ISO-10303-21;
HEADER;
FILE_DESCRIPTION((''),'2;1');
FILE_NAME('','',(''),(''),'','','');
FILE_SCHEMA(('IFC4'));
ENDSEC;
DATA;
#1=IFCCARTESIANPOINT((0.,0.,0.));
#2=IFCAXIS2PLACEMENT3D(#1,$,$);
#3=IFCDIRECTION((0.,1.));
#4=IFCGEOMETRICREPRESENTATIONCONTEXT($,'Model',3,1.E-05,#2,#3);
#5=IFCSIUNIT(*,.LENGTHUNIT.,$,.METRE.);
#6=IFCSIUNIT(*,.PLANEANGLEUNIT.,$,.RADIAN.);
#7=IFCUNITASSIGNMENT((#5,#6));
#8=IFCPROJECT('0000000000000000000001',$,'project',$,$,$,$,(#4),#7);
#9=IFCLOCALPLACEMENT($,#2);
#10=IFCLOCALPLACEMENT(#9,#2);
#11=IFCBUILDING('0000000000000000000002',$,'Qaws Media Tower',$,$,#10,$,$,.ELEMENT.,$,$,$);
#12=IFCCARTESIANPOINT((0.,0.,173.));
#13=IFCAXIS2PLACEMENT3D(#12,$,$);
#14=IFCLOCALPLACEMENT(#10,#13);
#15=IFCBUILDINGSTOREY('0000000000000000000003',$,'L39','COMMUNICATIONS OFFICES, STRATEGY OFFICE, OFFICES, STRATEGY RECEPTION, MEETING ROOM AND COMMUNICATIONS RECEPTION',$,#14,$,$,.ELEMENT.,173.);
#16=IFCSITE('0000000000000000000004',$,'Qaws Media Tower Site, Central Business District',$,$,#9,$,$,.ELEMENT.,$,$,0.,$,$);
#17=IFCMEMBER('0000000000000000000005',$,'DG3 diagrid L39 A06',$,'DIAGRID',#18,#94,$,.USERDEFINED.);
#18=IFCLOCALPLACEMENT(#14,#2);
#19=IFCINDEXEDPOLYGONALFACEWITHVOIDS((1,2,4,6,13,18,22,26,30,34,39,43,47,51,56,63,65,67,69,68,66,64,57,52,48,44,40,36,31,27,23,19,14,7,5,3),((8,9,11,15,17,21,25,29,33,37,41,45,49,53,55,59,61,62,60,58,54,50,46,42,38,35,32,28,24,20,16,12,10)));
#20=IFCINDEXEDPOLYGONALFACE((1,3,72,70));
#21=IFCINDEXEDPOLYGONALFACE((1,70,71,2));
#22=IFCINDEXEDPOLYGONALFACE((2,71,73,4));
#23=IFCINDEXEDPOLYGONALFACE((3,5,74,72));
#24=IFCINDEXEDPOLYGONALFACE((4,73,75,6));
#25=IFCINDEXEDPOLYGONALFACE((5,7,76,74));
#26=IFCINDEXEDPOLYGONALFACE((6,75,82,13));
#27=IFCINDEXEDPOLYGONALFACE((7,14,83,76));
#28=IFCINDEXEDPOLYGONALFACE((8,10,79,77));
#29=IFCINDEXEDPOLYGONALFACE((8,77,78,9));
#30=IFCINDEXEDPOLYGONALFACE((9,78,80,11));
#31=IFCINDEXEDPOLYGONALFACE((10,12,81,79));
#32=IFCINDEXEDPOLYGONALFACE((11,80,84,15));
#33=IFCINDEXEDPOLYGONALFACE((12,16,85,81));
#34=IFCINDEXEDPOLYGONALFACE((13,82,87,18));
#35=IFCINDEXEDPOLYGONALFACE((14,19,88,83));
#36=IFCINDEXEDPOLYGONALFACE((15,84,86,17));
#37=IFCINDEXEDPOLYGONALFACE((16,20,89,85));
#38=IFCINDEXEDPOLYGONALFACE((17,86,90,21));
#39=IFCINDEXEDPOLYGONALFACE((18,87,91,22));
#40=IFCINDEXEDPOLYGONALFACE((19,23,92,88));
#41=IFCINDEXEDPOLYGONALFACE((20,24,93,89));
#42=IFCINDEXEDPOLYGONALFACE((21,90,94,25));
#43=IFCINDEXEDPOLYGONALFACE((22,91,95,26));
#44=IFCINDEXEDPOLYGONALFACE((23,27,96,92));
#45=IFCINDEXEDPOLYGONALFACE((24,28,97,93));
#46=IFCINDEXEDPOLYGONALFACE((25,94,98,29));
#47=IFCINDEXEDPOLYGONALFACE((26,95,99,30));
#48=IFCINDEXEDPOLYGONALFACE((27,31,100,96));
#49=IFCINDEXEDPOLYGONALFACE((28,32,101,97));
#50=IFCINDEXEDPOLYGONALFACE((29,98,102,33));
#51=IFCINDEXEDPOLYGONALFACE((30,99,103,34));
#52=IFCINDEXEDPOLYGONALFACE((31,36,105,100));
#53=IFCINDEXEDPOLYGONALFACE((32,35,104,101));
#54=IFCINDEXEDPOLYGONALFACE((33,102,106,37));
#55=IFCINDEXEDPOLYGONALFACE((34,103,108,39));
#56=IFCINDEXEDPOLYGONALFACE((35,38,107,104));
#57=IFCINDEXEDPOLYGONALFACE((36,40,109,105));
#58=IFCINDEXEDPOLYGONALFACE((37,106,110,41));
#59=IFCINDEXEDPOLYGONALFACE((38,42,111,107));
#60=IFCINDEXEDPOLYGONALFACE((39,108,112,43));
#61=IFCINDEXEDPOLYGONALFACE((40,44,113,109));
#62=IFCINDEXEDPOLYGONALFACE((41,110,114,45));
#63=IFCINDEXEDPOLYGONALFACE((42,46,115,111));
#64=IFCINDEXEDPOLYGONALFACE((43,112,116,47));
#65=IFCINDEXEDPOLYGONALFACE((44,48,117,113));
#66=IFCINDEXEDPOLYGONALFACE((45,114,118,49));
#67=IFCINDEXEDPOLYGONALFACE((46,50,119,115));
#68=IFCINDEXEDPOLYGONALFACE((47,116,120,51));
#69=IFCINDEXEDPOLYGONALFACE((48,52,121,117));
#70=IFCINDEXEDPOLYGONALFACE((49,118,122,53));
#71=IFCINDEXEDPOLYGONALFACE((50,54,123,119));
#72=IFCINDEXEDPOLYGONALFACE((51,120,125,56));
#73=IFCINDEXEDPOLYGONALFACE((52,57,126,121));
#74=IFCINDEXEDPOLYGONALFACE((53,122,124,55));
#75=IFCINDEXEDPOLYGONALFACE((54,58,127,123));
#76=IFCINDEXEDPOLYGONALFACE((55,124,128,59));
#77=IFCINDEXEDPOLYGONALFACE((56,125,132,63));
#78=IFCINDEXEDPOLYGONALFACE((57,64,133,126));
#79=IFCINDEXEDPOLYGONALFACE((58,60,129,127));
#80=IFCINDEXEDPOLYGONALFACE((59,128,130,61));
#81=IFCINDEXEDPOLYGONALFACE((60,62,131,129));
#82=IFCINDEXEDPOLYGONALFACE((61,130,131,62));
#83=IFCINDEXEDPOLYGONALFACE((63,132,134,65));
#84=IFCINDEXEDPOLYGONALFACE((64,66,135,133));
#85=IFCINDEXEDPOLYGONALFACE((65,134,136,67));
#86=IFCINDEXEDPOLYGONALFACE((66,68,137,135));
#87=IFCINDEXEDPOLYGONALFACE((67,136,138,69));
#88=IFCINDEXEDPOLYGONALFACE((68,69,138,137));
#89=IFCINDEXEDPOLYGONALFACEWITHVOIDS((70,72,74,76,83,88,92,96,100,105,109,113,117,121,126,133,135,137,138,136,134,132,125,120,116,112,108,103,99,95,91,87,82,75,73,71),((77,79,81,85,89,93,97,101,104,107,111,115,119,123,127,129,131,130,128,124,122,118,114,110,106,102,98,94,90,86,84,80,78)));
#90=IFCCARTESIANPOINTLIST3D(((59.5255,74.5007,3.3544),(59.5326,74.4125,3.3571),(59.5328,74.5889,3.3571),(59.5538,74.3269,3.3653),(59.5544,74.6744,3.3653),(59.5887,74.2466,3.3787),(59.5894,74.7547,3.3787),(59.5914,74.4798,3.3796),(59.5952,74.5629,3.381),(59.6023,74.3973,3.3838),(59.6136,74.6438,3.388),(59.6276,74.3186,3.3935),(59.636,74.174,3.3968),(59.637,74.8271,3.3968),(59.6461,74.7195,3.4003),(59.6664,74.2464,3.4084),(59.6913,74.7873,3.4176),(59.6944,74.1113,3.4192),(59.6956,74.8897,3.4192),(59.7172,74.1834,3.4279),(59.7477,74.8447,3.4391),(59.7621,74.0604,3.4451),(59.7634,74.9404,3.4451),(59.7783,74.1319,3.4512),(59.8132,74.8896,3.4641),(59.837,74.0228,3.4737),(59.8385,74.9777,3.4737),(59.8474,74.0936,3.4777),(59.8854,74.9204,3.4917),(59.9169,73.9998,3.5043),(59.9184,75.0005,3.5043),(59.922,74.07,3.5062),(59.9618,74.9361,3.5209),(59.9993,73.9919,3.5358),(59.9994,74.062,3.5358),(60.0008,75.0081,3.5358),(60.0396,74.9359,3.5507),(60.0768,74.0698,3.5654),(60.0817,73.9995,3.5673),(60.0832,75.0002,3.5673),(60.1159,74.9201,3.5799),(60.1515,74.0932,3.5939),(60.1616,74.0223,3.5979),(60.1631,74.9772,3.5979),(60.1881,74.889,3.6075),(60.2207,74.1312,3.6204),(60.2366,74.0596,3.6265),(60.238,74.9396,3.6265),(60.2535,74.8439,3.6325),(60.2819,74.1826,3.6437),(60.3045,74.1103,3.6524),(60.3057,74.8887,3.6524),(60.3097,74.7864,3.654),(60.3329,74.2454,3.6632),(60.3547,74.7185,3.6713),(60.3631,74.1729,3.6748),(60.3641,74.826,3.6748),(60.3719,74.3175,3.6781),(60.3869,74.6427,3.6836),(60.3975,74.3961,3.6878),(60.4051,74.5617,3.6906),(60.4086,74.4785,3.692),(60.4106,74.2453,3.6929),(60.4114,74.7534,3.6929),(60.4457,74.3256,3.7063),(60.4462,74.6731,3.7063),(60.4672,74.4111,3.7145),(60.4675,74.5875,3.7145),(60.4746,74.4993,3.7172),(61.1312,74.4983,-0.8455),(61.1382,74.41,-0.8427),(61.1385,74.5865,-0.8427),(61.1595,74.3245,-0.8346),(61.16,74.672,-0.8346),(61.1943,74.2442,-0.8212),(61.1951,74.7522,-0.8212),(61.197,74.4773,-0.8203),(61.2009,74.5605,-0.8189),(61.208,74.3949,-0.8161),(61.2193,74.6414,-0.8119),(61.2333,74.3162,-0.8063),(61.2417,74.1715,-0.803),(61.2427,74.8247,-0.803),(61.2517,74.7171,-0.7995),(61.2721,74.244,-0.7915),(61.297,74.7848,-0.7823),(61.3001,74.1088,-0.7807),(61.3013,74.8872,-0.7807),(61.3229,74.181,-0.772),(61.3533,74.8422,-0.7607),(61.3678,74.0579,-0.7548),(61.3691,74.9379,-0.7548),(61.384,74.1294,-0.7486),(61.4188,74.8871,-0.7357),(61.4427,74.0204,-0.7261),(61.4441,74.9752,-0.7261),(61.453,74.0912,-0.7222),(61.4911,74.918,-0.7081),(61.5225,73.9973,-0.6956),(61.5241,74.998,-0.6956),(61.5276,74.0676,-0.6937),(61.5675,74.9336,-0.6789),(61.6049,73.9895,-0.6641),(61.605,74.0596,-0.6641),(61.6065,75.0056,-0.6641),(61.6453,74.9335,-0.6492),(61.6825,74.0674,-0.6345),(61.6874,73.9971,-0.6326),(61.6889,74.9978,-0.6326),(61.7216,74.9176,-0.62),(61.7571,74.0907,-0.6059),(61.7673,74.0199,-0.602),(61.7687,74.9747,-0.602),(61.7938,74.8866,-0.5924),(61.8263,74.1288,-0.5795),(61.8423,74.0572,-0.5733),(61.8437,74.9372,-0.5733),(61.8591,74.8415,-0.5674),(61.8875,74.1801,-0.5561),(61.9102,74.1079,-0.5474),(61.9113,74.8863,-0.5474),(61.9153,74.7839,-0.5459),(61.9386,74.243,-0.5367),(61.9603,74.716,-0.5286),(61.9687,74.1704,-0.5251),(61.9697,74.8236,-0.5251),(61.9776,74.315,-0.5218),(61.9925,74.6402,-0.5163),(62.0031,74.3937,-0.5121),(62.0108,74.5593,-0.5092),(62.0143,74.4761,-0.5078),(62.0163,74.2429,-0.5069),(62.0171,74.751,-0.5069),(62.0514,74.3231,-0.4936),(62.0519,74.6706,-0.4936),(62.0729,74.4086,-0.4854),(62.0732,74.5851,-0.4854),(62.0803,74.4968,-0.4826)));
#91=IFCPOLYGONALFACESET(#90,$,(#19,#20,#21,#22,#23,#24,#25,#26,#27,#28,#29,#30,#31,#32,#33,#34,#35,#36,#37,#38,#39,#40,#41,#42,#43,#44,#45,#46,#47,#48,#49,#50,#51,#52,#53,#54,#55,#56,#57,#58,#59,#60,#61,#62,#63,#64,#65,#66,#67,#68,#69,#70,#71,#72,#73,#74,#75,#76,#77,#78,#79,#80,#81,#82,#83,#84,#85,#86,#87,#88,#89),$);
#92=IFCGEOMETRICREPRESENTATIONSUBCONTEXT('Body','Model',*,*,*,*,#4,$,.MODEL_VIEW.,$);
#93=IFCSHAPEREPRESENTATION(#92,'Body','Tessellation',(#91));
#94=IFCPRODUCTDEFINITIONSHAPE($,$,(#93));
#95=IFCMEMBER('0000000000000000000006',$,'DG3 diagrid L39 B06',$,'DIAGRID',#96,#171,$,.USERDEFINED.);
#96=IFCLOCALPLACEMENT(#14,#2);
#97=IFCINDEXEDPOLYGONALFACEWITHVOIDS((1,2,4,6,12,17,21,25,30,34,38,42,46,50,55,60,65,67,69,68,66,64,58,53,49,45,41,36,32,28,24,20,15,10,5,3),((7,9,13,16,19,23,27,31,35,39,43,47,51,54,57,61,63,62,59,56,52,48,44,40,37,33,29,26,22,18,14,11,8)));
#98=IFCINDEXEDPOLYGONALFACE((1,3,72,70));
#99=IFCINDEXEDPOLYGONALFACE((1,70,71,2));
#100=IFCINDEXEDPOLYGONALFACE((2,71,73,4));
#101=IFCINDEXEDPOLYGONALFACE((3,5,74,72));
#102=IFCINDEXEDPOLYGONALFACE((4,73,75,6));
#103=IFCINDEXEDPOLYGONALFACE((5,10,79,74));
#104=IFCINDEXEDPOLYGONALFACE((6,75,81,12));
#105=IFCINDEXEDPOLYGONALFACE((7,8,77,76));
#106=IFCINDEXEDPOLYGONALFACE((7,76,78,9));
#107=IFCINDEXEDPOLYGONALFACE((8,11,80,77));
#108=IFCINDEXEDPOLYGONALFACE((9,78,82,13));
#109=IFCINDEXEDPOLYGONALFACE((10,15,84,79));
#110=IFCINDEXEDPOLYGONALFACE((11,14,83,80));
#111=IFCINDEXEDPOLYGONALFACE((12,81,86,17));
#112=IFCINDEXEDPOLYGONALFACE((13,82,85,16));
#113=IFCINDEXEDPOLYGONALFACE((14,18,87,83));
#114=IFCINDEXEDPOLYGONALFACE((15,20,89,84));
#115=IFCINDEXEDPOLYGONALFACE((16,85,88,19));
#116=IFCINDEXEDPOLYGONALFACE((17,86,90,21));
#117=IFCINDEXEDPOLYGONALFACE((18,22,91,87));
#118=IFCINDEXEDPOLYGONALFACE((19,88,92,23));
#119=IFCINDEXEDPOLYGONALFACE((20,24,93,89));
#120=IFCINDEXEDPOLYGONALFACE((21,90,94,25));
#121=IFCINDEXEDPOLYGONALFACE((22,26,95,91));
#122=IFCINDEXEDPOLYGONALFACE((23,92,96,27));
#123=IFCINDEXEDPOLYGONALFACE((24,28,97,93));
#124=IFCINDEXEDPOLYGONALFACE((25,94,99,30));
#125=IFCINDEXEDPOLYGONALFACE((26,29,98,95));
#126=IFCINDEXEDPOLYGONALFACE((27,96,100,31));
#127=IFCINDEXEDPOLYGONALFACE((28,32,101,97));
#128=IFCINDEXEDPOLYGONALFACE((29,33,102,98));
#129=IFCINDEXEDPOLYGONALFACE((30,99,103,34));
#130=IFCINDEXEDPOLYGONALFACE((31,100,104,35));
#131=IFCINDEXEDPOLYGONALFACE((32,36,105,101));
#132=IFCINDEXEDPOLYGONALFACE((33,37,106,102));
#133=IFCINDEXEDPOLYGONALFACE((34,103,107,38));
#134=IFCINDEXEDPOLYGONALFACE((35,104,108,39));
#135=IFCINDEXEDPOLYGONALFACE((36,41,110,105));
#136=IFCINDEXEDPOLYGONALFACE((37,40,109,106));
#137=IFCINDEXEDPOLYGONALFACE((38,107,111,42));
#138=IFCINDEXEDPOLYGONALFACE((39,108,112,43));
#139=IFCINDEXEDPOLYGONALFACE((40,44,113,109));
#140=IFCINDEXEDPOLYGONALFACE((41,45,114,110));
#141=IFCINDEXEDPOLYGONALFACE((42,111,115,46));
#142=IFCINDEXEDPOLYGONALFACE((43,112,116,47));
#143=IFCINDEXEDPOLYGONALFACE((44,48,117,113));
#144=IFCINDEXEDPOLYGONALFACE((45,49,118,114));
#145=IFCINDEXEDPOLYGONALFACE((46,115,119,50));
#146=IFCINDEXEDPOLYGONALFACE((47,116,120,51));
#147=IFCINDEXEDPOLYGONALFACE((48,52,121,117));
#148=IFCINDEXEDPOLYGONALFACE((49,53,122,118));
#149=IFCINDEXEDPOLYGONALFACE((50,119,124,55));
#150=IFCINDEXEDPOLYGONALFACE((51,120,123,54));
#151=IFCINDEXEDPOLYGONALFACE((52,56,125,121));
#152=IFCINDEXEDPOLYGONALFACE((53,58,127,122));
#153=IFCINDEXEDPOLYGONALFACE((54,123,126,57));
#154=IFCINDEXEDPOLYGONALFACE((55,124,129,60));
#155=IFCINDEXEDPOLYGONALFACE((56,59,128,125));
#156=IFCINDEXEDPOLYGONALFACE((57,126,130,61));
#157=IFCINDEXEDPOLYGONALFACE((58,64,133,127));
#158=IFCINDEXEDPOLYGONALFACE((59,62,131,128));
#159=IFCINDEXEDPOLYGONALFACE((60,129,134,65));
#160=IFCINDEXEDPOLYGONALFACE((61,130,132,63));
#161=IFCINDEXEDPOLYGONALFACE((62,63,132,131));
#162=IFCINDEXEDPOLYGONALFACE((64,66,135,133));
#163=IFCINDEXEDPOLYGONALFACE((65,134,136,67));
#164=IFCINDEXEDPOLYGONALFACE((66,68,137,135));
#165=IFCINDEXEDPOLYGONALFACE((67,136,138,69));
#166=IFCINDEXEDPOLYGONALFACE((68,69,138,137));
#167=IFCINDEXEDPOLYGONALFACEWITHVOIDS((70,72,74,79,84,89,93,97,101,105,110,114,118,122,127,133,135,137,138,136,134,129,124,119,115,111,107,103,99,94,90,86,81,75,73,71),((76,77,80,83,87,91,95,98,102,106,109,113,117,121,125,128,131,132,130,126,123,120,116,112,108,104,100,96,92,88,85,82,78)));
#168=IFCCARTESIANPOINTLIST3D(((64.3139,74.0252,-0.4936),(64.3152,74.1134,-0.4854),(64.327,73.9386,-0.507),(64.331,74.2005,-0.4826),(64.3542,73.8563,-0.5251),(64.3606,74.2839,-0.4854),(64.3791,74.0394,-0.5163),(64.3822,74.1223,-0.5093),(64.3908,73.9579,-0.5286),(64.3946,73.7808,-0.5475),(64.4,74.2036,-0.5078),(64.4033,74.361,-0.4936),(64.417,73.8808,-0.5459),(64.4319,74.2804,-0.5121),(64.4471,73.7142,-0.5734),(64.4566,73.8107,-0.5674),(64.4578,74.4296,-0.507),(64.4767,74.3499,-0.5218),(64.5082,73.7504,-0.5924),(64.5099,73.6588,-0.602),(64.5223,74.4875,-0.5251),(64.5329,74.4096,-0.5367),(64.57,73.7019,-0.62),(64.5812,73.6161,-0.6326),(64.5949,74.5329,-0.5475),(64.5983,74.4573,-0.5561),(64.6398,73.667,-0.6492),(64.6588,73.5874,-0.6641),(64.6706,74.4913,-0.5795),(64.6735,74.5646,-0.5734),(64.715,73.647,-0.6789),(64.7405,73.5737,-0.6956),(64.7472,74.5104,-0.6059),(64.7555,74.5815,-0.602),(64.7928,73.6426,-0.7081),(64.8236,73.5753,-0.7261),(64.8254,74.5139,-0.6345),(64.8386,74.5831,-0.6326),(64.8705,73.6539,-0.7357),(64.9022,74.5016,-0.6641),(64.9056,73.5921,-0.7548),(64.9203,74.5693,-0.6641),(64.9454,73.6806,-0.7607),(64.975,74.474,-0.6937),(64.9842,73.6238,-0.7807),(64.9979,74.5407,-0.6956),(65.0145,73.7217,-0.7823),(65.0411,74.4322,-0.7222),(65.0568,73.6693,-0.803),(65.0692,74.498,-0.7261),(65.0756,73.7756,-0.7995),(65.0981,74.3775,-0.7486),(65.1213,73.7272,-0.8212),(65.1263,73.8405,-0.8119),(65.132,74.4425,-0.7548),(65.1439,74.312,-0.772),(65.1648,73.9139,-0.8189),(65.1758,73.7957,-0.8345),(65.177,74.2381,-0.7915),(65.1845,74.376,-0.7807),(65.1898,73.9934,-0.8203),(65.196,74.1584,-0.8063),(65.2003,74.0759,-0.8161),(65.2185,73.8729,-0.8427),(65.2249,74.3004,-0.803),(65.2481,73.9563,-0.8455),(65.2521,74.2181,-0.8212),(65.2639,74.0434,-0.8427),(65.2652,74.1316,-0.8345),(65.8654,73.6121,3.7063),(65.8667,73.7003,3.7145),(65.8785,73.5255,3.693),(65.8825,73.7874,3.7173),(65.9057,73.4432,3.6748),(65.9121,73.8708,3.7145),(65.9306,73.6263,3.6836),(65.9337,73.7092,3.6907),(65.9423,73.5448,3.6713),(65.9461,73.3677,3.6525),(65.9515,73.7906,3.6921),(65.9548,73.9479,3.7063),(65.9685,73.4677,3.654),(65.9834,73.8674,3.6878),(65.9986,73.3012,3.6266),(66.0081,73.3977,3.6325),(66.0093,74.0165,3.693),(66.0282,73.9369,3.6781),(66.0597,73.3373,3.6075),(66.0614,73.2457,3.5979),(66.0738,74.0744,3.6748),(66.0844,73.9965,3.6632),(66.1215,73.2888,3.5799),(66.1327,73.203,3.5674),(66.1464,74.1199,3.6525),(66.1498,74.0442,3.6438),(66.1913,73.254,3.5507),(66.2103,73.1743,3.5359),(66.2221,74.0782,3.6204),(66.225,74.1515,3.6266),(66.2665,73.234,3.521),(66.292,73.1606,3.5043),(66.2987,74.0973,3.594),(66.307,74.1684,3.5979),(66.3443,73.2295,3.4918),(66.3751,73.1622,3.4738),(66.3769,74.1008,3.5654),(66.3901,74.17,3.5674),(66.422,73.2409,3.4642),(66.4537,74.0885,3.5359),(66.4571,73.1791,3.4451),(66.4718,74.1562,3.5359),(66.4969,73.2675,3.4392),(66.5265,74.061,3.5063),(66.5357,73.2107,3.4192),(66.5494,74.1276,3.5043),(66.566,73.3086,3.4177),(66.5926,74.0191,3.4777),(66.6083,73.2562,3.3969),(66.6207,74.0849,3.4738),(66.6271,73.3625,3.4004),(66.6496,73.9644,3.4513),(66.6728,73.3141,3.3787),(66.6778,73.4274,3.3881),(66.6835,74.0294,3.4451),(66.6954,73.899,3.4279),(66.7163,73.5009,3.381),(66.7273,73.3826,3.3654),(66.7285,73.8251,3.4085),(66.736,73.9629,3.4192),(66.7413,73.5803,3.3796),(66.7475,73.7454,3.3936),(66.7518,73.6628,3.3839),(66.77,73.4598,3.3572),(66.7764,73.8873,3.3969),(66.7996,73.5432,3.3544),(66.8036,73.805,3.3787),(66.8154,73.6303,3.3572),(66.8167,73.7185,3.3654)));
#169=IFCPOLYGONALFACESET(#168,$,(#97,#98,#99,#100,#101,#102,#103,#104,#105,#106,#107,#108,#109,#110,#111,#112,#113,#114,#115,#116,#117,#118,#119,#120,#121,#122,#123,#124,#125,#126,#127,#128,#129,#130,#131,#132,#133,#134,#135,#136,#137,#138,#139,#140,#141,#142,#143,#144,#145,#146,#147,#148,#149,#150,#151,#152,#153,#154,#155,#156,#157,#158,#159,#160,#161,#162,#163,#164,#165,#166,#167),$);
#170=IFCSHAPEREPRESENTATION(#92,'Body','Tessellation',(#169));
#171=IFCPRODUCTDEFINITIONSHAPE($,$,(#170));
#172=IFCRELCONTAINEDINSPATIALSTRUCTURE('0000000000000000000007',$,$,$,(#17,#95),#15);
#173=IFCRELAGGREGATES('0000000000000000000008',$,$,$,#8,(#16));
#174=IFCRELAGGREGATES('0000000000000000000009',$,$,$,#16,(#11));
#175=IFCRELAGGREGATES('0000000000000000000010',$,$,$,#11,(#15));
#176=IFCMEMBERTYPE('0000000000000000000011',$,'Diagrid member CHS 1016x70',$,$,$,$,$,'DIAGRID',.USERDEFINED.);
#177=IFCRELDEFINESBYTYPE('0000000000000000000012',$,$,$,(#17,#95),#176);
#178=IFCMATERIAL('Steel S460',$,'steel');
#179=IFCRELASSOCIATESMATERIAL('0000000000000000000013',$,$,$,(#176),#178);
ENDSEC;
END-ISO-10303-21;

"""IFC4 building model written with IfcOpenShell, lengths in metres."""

from ifc_helpers import new_model, si_unit, direction, frame, origin, origin_2d, place, context, subcontext, project, spatial, hollow_circle, extrude, material, material_profile, profile_set, type_object, element, save


model = new_model("IFC4")

# Units and contexts
model_context = context("Model", 3, precision=1e-05, world=origin(), true_north=direction((0.0, 1.0)))
body_context = subcontext(model_context, "Body", "Model", "MODEL_VIEW")
ifc_project = project(units=[si_unit("LENGTHUNIT", "METRE"), si_unit("PLANEANGLEUNIT", "RADIAN")], contexts=[model_context])

# Site, building, storey
site_placement = place(None, origin())
site = spatial("IfcSite", under=ifc_project, at=site_placement, Name="Qaws Media Tower Site, Central Business District", CompositionType="ELEMENT", RefElevation=0.0)
building_placement = place(site_placement, origin())
building = spatial("IfcBuilding", under=site, at=building_placement, Name="Qaws Media Tower", CompositionType="ELEMENT")
storey_placement = place(building_placement, frame((0.0, 0.0, 173.0)))
storey = spatial("IfcBuildingStorey", under=building, at=storey_placement, Name="L39", Description="COMMUNICATIONS OFFICES, STRATEGY OFFICE, OFFICES, STRATEGY RECEPTION, MEETING ROOM AND COMMUNICATIONS RECEPTION", CompositionType="ELEMENT", Elevation=173.0)

# Members
ifc_material_1 = material(Name="Steel S460", Category="steel")
ifc_material_profile_1 = material_profile(ifc_material_1, hollow_circle(Radius=0.5081, WallThickness=0.0701, at=origin_2d()), Name="CHS 1016x70")
ifc_profile_set_1 = profile_set([ifc_material_profile_1], Name="Steel S460")
member_type_1 = type_object("IfcMemberType", Name="Diagrid member CHS 1016x70", ElementType="DIAGRID", PredefinedType="USERDEFINED", material=ifc_profile_set_1)
for number, where, z_axis, x_axis, name in (
    (1, (61.6057, 74.4976, -0.6641), (-0.357108, 0.000543, 0.934063), (-0.00152, -0.999999, 0.0), "DG3 diagrid L39 A06"),
    (2, (64.7896, 74.0784, -0.6641), (0.345058, -0.091871, 0.934074), (0.257284, 0.966336, 0.0), "DG3 diagrid L39 B06"),
):
    element("IfcMember", number, at=place(storey_placement, frame(where, z_axis=z_axis, x_axis=x_axis)), inside=storey, type_object=member_type_1, Name=name, ObjectType="DIAGRID", PredefinedType="USERDEFINED", context=body_context, shape_type="SweptSolid", body=[
        extrude(hollow_circle(Radius=0.5081, WallThickness=0.0701, at=origin_2d()), origin(), (0.0, 0.0, 1.0), 4.4963),
    ])

save(model, "model.ifc")
